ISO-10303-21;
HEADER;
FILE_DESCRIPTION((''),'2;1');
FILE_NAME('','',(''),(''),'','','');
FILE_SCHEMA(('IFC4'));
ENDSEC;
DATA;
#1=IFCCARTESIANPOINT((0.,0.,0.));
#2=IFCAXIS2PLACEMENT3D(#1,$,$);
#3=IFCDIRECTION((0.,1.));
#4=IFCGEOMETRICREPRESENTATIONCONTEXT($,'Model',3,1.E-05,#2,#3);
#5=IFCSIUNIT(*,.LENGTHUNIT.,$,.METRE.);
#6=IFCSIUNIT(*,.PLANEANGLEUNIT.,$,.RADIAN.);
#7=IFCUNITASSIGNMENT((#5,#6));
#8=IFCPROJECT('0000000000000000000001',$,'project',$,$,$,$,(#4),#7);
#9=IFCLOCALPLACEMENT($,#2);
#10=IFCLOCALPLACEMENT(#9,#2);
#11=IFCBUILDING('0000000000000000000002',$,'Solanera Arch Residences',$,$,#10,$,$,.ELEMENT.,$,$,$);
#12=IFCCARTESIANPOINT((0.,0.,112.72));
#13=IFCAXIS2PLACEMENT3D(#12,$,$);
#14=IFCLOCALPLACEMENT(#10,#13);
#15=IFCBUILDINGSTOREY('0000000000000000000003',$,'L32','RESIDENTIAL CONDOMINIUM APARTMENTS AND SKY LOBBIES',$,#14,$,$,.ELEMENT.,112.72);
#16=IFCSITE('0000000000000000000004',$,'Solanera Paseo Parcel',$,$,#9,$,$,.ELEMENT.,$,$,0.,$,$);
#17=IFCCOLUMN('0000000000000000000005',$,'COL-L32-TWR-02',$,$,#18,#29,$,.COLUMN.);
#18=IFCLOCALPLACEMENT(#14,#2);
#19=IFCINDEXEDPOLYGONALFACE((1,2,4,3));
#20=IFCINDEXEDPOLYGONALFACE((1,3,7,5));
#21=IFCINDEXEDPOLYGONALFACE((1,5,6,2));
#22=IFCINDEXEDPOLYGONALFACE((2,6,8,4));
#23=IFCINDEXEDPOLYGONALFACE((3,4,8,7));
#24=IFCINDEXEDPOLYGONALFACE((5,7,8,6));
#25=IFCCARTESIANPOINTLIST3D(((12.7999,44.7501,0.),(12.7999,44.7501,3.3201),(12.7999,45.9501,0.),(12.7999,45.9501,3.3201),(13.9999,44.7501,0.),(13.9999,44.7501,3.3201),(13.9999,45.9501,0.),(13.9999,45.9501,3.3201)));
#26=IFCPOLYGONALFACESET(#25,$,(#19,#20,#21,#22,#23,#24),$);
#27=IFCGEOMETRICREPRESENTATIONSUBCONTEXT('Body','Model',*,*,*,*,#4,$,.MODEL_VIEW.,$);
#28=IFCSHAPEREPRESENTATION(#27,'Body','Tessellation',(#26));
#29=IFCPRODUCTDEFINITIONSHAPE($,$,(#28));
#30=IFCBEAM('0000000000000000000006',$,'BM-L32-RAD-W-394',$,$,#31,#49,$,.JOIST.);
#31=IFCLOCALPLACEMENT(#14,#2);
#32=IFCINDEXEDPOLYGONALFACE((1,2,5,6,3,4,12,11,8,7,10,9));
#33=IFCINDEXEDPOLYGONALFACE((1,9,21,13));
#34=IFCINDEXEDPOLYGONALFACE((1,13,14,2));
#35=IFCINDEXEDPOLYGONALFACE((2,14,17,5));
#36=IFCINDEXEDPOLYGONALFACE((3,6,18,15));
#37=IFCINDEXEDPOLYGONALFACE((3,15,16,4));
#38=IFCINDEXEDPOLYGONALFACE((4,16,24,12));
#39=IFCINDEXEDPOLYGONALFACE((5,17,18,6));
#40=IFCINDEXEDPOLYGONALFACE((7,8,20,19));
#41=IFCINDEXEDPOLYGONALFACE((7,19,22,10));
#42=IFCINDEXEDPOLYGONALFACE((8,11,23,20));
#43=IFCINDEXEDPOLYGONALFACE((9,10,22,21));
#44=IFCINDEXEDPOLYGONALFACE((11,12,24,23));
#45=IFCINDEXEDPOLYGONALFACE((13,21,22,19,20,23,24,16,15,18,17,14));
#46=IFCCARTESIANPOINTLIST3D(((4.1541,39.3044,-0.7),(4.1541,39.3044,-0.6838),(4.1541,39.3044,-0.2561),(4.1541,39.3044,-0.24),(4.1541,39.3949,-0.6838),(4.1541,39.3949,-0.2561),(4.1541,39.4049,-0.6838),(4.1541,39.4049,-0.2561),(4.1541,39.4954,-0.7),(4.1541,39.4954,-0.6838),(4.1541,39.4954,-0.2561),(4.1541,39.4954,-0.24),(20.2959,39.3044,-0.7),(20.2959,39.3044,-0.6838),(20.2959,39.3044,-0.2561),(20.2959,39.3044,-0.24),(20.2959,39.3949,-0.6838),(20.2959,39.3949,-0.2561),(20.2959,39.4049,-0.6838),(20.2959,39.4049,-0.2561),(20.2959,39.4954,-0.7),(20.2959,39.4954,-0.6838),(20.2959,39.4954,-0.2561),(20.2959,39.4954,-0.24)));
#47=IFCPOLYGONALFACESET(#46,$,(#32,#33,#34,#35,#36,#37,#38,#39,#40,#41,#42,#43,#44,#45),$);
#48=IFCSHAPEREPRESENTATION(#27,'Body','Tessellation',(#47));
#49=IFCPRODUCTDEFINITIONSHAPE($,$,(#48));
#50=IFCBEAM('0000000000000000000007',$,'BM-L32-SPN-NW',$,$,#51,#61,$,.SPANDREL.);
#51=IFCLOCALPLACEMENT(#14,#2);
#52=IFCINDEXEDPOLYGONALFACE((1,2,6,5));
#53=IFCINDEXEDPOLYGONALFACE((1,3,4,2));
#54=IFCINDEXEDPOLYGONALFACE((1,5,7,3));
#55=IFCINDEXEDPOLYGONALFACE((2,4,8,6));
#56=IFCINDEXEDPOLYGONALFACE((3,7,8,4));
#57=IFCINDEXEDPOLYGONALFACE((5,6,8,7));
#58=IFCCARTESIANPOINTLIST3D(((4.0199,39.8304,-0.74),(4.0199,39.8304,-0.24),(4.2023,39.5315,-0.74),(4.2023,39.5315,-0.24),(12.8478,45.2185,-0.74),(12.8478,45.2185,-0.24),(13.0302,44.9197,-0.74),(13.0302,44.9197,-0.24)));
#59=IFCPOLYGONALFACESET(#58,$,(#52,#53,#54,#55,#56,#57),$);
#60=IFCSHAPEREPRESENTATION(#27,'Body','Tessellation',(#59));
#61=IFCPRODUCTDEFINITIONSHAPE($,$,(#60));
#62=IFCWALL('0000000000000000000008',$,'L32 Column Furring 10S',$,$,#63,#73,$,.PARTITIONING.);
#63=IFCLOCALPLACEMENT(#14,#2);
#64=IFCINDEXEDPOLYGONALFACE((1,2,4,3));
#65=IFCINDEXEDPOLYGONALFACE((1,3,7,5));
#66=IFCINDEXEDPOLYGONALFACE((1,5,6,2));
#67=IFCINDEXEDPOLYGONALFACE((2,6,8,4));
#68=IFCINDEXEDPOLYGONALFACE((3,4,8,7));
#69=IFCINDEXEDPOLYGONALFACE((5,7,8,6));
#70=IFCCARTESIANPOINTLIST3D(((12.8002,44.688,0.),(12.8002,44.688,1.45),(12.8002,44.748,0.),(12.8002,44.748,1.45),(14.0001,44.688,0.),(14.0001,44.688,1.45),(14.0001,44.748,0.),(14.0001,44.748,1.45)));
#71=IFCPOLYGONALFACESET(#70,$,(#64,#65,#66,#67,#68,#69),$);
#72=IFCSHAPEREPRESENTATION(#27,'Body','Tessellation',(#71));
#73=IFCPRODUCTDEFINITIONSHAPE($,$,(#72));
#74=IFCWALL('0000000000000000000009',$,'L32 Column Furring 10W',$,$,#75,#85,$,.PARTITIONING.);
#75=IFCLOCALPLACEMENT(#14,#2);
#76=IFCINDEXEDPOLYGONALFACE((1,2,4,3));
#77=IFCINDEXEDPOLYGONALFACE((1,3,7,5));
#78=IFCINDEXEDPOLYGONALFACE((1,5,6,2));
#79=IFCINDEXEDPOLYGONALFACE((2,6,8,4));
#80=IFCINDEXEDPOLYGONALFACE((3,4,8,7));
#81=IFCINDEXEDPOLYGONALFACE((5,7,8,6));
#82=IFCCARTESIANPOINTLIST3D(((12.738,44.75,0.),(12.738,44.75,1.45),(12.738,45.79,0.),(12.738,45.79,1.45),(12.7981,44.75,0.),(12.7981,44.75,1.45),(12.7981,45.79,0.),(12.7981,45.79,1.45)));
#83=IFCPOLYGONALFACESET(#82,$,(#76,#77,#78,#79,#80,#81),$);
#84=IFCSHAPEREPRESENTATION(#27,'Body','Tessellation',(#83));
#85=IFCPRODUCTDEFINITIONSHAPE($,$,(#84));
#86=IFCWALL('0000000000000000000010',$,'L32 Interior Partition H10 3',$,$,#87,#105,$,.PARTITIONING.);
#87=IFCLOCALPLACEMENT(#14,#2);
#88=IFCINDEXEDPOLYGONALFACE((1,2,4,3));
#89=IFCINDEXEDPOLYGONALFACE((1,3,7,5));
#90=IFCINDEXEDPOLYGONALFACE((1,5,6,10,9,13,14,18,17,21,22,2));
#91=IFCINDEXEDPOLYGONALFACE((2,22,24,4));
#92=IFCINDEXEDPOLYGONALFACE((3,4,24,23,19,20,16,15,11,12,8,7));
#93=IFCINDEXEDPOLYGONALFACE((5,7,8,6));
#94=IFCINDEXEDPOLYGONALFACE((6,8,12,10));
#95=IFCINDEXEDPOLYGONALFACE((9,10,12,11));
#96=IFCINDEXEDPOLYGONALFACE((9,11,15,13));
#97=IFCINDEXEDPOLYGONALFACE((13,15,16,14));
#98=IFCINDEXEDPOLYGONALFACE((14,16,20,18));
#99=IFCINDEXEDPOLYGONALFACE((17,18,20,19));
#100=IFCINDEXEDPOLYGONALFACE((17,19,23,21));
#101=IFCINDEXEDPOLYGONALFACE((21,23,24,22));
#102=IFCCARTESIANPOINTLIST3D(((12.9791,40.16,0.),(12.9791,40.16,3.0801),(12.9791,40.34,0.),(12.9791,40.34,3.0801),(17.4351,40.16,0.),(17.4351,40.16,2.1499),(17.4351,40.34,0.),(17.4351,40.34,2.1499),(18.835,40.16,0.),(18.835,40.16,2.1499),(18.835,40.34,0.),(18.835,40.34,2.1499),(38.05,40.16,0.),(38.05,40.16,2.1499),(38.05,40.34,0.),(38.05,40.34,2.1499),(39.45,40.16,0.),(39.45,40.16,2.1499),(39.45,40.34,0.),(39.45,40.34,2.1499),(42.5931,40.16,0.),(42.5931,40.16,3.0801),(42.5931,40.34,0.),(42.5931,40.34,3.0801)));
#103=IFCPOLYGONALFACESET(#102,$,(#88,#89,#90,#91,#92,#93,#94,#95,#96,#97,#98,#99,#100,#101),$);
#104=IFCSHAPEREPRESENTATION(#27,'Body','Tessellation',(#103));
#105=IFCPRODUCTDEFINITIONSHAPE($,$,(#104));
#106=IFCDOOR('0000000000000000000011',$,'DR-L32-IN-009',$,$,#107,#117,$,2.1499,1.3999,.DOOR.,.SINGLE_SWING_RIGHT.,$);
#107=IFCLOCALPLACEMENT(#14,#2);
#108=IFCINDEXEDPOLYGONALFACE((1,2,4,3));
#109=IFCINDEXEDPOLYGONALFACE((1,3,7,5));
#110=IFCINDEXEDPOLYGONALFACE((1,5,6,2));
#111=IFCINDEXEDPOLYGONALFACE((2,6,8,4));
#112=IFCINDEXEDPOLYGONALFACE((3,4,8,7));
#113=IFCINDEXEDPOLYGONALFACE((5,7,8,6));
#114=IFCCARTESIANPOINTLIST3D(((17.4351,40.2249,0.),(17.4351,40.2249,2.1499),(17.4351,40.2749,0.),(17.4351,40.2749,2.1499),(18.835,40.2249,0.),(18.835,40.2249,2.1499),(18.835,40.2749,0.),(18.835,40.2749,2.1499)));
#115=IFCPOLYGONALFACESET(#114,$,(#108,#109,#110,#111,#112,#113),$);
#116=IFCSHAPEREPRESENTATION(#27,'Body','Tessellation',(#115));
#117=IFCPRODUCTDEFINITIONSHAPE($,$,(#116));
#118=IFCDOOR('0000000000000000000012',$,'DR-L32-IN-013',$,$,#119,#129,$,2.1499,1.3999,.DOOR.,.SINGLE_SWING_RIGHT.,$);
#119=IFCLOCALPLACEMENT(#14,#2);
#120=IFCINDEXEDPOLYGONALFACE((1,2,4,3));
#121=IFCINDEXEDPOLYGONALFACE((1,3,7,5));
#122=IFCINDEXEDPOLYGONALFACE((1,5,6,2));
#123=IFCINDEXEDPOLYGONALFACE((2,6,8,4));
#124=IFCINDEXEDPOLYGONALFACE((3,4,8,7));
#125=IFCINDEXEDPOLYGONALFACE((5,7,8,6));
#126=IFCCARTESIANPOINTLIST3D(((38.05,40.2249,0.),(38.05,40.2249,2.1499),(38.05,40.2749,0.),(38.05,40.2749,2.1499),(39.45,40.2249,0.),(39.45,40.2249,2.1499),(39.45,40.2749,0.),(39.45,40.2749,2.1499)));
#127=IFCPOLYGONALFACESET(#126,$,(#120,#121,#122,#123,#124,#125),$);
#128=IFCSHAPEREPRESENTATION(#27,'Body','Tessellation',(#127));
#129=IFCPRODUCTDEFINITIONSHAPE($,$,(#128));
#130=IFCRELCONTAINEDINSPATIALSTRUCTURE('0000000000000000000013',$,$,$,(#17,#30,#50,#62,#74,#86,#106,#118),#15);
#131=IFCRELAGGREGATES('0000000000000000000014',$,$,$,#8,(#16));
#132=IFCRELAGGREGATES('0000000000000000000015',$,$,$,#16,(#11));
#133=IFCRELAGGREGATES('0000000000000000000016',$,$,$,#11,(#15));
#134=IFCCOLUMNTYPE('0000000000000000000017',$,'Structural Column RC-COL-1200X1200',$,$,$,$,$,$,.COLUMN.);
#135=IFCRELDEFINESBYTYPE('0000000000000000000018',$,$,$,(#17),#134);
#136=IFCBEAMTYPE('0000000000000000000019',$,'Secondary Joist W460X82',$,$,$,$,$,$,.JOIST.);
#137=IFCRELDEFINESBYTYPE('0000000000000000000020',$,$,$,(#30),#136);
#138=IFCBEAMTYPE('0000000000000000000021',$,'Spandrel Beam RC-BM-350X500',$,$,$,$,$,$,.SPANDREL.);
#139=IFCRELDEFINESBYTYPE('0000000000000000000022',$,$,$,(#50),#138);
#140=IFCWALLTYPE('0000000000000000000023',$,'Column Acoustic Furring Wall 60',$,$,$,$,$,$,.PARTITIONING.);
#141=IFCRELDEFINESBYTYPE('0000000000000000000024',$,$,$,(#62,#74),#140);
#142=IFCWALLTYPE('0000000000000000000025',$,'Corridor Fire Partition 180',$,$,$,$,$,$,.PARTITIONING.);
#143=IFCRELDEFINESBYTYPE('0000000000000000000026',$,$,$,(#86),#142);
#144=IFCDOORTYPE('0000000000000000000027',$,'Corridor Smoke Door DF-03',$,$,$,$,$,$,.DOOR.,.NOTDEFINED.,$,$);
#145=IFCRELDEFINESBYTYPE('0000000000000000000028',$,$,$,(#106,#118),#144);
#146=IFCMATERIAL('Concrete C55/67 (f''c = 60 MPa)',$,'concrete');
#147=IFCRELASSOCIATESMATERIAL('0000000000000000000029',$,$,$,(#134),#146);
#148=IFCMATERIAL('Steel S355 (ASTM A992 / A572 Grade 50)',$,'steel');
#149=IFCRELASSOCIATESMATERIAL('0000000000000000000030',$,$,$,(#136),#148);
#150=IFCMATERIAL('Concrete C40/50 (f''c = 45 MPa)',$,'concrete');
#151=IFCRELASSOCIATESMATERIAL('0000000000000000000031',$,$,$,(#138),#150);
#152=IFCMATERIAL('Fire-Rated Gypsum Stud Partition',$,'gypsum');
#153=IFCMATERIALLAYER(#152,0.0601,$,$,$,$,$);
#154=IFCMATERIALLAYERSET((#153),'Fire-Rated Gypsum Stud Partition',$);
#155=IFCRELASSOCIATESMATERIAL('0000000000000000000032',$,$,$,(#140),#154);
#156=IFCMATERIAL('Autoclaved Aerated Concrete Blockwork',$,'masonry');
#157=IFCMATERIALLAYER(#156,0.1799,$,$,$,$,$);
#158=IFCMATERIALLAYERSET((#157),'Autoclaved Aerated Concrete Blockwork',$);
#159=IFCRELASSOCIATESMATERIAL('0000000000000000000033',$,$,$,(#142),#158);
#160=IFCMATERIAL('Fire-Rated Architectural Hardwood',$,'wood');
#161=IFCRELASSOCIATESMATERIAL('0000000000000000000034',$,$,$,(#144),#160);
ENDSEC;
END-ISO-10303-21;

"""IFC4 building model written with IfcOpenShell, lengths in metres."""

from ifc_helpers import new_model, si_unit, direction, frame, frame_2d, origin, origin_2d, place, context, subcontext, project, spatial, rectangle, i_section, extrude, material, layer, layer_set, material_profile, profile_set, type_object, element, fill, save


model = new_model("IFC4")

# Units and contexts
model_context = context("Model", 3, precision=1e-05, world=origin(), true_north=direction((0.0, 1.0)))
body_context = subcontext(model_context, "Body", "Model", "MODEL_VIEW")
ifc_project = project(units=[si_unit("LENGTHUNIT", "METRE"), si_unit("PLANEANGLEUNIT", "RADIAN")], contexts=[model_context])

# Site, building, storey
site_placement = place(None, origin())
site = spatial("IfcSite", under=ifc_project, at=site_placement, Name="Solanera Paseo Parcel", CompositionType="ELEMENT", RefElevation=0.0)
building_placement = place(site_placement, origin())
building = spatial("IfcBuilding", under=site, at=building_placement, Name="Solanera Arch Residences", CompositionType="ELEMENT")
storey_placement = place(building_placement, frame((0.0, 0.0, 112.72)))
storey = spatial("IfcBuildingStorey", under=building, at=storey_placement, Name="L32", Description="RESIDENTIAL CONDOMINIUM APARTMENTS AND SKY LOBBIES", CompositionType="ELEMENT", Elevation=112.72)

# Column
ifc_material_1 = material(Name="Concrete C55/67 (f'c = 60 MPa)", Category="concrete")
ifc_material_profile_1 = material_profile(ifc_material_1, rectangle(XDim=1.2, YDim=1.2, at=origin_2d()))
ifc_profile_set_1 = profile_set([ifc_material_profile_1], Name="Concrete C55/67 (f'c = 60 MPa)")
column_type = type_object("IfcColumnType", Name="Structural Column RC-COL-1200X1200", PredefinedType="COLUMN", material=ifc_profile_set_1)
column_placement = place(storey_placement, frame((13.3999, 45.3501, 0.0), z_axis=(0.0, 0.0, 1.0), x_axis=(1.0, 0.0, 0.0)))
element("IfcColumn", 1, at=column_placement, inside=storey, type_object=column_type, Name="COL-L32-TWR-02", PredefinedType="COLUMN", context=body_context, shape_type="SweptSolid", body=[
    extrude(rectangle(XDim=1.2, YDim=1.2, at=origin_2d()), origin(), (0.0, 0.0, 1.0), 3.3201),
])

# Beams
ifc_material_2 = material(Name="Steel S355 (ASTM A992 / A572 Grade 50)", Category="steel")
ifc_material_profile_2 = material_profile(ifc_material_2, i_section(OverallWidth=0.1909, OverallDepth=0.46, WebThickness=0.01, FlangeThickness=0.0161, at=origin_2d()))
ifc_profile_set_2 = profile_set([ifc_material_profile_2], Name="Steel S355 (ASTM A992 / A572 Grade 50)")
beam_type_1 = type_object("IfcBeamType", Name="Secondary Joist W460X82", PredefinedType="JOIST", material=ifc_profile_set_2)
beam_1_placement = place(storey_placement, frame((4.1541, 39.3999, -0.47), z_axis=(1.0, 0.0, 0.0), x_axis=(0.0, 1.0, 0.0)))
element("IfcBeam", 2, at=beam_1_placement, inside=storey, type_object=beam_type_1, Name="BM-L32-RAD-W-394", PredefinedType="JOIST", context=body_context, shape_type="SweptSolid", body=[
    extrude(i_section(OverallWidth=0.1909, OverallDepth=0.46, WebThickness=0.01, FlangeThickness=0.0161, at=origin_2d()), origin(), (0.0, 0.0, 1.0), 16.1418),
])
ifc_material_3 = material(Name="Concrete C40/50 (f'c = 45 MPa)", Category="concrete")
ifc_material_profile_3 = material_profile(ifc_material_3, rectangle(XDim=0.3501, YDim=0.5, at=origin_2d()))
ifc_profile_set_3 = profile_set([ifc_material_profile_3], Name="Concrete C40/50 (f'c = 45 MPa)")
beam_type_2 = type_object("IfcBeamType", Name="Spandrel Beam RC-BM-350X500", PredefinedType="SPANDREL", material=ifc_profile_set_3)
beam_2_placement = place(storey_placement, frame((12.939, 45.0691, -0.49), z_axis=(-0.853567, -0.520983, 0.0), x_axis=(0.520983, -0.853567, 0.0)))
element("IfcBeam", 3, at=beam_2_placement, inside=storey, type_object=beam_type_2, Name="BM-L32-SPN-NW", PredefinedType="SPANDREL", context=body_context, shape_type="SweptSolid", body=[
    extrude(rectangle(XDim=0.3501, YDim=0.5, at=origin_2d()), origin(), (0.0, 0.0, 1.0), 10.3423),
])

# Walls
ifc_material_4 = material(Name="Fire-Rated Gypsum Stud Partition", Category="gypsum")
ifc_layer_1 = layer(ifc_material_4, 0.0601)
ifc_layer_set_1 = layer_set([ifc_layer_1], Name="Fire-Rated Gypsum Stud Partition")
wall_type_1 = type_object("IfcWallType", Name="Column Acoustic Furring Wall 60", PredefinedType="PARTITIONING", material=ifc_layer_set_1)
wall_1_placement = place(storey_placement, frame((12.8, 44.718, 0.0), z_axis=(0.0, 0.0, 1.0), x_axis=(1.0, 0.0, 0.0)))
element("IfcWall", 4, at=wall_1_placement, inside=storey, type_object=wall_type_1, Name="L32 Column Furring 10S", PredefinedType="PARTITIONING", context=body_context, shape_type="SweptSolid", body=[
    extrude(rectangle(XDim=1.2, YDim=0.0601, at=frame_2d((0.6001, 0.0))), origin(), (0.0, 0.0, 1.0), 1.45),
])
wall_2_placement = place(storey_placement, frame((12.7681, 44.75, 0.0), z_axis=(0.0, 0.0, 1.0), x_axis=(0.0, 1.0, 0.0)))
element("IfcWall", 5, at=wall_2_placement, inside=storey, type_object=wall_type_1, Name="L32 Column Furring 10W", PredefinedType="PARTITIONING", context=body_context, shape_type="SweptSolid", body=[
    extrude(rectangle(XDim=1.04, YDim=0.0601, at=frame_2d((0.52, 0.0))), origin(), (0.0, 0.0, 1.0), 1.45),
])

# Wall, openings, doors
ifc_material_5 = material(Name="Autoclaved Aerated Concrete Blockwork", Category="masonry")
ifc_layer_2 = layer(ifc_material_5, 0.1799)
ifc_layer_set_2 = layer_set([ifc_layer_2], Name="Autoclaved Aerated Concrete Blockwork")
wall_type_2 = type_object("IfcWallType", Name="Corridor Fire Partition 180", PredefinedType="PARTITIONING", material=ifc_layer_set_2)
wall_3_placement = place(storey_placement, frame((12.979, 40.25, 0.0), z_axis=(0.0, 0.0, 1.0), x_axis=(1.0, 0.0, 0.0)))
wall_3 = element("IfcWall", 6, at=wall_3_placement, inside=storey, type_object=wall_type_2, Name="L32 Interior Partition H10 3", PredefinedType="PARTITIONING", context=body_context, shape_type="SweptSolid", body=[
    extrude(rectangle(XDim=29.614, YDim=0.1799, at=frame_2d((14.8071, 0.0))), origin(), (0.0, 0.0, 1.0), 3.0801),
])
opening_1_placement = place(wall_3_placement, frame((4.4561, 0.0, 0.0)))
opening_1 = element("IfcOpeningElement", 7, at=opening_1_placement, cuts=wall_3, PredefinedType="OPENING", context=body_context, shape_type="SweptSolid", body=[
    extrude(rectangle(XDim=1.3999, YDim=2.1499, at=frame_2d((0.7, 1.075))), frame((0.0, 0.1001, 0.0), z_axis=(0.0, -1.0, 0.0), x_axis=(1.0, 0.0, 0.0)), (0.0, 0.0, 1.0), 0.1999),
])
opening_2_placement = place(wall_3_placement, frame((25.071, 0.0, 0.0)))
opening_2 = element("IfcOpeningElement", 8, at=opening_2_placement, cuts=wall_3, PredefinedType="OPENING", context=body_context, shape_type="SweptSolid", body=[
    extrude(rectangle(XDim=1.3999, YDim=2.1499, at=frame_2d((0.7, 1.075))), frame((0.0, 0.1001, 0.0), z_axis=(0.0, -1.0, 0.0), x_axis=(1.0, 0.0, 0.0)), (0.0, 0.0, 1.0), 0.1999),
])
ifc_material_6 = material(Name="Fire-Rated Architectural Hardwood", Category="wood")
door_type_1 = type_object("IfcDoorType", Name="Corridor Smoke Door DF-03", OperationType="NOTDEFINED", PredefinedType="DOOR", material=ifc_material_6)
door_1_placement = place(opening_1_placement, origin())
door_1 = element("IfcDoor", 9, at=door_1_placement, inside=storey, type_object=door_type_1, Name="DR-L32-IN-009", OperationType="SINGLE_SWING_RIGHT", OverallHeight=2.1499, OverallWidth=1.3999, PredefinedType="DOOR", context=body_context, shape_type="SweptSolid", body=[
    extrude(rectangle(XDim=1.3999, YDim=2.1499, at=frame_2d((0.7, 1.075))), frame((0.0, 0.0249, 0.0), z_axis=(0.0, -1.0, 0.0), x_axis=(1.0, 0.0, 0.0)), (0.0, 0.0, 1.0), 0.05),
])
fill(opening_1, door_1)
door_2_placement = place(opening_2_placement, origin())
door_2 = element("IfcDoor", 10, at=door_2_placement, inside=storey, type_object=door_type_1, Name="DR-L32-IN-013", OperationType="SINGLE_SWING_RIGHT", OverallHeight=2.1499, OverallWidth=1.3999, PredefinedType="DOOR", context=body_context, shape_type="SweptSolid", body=[
    extrude(rectangle(XDim=1.3999, YDim=2.1499, at=frame_2d((0.7, 1.075))), frame((0.0, 0.0249, 0.0), z_axis=(0.0, -1.0, 0.0), x_axis=(1.0, 0.0, 0.0)), (0.0, 0.0, 1.0), 0.05),
])
fill(opening_2, door_2)

save(model, "model.ifc")
